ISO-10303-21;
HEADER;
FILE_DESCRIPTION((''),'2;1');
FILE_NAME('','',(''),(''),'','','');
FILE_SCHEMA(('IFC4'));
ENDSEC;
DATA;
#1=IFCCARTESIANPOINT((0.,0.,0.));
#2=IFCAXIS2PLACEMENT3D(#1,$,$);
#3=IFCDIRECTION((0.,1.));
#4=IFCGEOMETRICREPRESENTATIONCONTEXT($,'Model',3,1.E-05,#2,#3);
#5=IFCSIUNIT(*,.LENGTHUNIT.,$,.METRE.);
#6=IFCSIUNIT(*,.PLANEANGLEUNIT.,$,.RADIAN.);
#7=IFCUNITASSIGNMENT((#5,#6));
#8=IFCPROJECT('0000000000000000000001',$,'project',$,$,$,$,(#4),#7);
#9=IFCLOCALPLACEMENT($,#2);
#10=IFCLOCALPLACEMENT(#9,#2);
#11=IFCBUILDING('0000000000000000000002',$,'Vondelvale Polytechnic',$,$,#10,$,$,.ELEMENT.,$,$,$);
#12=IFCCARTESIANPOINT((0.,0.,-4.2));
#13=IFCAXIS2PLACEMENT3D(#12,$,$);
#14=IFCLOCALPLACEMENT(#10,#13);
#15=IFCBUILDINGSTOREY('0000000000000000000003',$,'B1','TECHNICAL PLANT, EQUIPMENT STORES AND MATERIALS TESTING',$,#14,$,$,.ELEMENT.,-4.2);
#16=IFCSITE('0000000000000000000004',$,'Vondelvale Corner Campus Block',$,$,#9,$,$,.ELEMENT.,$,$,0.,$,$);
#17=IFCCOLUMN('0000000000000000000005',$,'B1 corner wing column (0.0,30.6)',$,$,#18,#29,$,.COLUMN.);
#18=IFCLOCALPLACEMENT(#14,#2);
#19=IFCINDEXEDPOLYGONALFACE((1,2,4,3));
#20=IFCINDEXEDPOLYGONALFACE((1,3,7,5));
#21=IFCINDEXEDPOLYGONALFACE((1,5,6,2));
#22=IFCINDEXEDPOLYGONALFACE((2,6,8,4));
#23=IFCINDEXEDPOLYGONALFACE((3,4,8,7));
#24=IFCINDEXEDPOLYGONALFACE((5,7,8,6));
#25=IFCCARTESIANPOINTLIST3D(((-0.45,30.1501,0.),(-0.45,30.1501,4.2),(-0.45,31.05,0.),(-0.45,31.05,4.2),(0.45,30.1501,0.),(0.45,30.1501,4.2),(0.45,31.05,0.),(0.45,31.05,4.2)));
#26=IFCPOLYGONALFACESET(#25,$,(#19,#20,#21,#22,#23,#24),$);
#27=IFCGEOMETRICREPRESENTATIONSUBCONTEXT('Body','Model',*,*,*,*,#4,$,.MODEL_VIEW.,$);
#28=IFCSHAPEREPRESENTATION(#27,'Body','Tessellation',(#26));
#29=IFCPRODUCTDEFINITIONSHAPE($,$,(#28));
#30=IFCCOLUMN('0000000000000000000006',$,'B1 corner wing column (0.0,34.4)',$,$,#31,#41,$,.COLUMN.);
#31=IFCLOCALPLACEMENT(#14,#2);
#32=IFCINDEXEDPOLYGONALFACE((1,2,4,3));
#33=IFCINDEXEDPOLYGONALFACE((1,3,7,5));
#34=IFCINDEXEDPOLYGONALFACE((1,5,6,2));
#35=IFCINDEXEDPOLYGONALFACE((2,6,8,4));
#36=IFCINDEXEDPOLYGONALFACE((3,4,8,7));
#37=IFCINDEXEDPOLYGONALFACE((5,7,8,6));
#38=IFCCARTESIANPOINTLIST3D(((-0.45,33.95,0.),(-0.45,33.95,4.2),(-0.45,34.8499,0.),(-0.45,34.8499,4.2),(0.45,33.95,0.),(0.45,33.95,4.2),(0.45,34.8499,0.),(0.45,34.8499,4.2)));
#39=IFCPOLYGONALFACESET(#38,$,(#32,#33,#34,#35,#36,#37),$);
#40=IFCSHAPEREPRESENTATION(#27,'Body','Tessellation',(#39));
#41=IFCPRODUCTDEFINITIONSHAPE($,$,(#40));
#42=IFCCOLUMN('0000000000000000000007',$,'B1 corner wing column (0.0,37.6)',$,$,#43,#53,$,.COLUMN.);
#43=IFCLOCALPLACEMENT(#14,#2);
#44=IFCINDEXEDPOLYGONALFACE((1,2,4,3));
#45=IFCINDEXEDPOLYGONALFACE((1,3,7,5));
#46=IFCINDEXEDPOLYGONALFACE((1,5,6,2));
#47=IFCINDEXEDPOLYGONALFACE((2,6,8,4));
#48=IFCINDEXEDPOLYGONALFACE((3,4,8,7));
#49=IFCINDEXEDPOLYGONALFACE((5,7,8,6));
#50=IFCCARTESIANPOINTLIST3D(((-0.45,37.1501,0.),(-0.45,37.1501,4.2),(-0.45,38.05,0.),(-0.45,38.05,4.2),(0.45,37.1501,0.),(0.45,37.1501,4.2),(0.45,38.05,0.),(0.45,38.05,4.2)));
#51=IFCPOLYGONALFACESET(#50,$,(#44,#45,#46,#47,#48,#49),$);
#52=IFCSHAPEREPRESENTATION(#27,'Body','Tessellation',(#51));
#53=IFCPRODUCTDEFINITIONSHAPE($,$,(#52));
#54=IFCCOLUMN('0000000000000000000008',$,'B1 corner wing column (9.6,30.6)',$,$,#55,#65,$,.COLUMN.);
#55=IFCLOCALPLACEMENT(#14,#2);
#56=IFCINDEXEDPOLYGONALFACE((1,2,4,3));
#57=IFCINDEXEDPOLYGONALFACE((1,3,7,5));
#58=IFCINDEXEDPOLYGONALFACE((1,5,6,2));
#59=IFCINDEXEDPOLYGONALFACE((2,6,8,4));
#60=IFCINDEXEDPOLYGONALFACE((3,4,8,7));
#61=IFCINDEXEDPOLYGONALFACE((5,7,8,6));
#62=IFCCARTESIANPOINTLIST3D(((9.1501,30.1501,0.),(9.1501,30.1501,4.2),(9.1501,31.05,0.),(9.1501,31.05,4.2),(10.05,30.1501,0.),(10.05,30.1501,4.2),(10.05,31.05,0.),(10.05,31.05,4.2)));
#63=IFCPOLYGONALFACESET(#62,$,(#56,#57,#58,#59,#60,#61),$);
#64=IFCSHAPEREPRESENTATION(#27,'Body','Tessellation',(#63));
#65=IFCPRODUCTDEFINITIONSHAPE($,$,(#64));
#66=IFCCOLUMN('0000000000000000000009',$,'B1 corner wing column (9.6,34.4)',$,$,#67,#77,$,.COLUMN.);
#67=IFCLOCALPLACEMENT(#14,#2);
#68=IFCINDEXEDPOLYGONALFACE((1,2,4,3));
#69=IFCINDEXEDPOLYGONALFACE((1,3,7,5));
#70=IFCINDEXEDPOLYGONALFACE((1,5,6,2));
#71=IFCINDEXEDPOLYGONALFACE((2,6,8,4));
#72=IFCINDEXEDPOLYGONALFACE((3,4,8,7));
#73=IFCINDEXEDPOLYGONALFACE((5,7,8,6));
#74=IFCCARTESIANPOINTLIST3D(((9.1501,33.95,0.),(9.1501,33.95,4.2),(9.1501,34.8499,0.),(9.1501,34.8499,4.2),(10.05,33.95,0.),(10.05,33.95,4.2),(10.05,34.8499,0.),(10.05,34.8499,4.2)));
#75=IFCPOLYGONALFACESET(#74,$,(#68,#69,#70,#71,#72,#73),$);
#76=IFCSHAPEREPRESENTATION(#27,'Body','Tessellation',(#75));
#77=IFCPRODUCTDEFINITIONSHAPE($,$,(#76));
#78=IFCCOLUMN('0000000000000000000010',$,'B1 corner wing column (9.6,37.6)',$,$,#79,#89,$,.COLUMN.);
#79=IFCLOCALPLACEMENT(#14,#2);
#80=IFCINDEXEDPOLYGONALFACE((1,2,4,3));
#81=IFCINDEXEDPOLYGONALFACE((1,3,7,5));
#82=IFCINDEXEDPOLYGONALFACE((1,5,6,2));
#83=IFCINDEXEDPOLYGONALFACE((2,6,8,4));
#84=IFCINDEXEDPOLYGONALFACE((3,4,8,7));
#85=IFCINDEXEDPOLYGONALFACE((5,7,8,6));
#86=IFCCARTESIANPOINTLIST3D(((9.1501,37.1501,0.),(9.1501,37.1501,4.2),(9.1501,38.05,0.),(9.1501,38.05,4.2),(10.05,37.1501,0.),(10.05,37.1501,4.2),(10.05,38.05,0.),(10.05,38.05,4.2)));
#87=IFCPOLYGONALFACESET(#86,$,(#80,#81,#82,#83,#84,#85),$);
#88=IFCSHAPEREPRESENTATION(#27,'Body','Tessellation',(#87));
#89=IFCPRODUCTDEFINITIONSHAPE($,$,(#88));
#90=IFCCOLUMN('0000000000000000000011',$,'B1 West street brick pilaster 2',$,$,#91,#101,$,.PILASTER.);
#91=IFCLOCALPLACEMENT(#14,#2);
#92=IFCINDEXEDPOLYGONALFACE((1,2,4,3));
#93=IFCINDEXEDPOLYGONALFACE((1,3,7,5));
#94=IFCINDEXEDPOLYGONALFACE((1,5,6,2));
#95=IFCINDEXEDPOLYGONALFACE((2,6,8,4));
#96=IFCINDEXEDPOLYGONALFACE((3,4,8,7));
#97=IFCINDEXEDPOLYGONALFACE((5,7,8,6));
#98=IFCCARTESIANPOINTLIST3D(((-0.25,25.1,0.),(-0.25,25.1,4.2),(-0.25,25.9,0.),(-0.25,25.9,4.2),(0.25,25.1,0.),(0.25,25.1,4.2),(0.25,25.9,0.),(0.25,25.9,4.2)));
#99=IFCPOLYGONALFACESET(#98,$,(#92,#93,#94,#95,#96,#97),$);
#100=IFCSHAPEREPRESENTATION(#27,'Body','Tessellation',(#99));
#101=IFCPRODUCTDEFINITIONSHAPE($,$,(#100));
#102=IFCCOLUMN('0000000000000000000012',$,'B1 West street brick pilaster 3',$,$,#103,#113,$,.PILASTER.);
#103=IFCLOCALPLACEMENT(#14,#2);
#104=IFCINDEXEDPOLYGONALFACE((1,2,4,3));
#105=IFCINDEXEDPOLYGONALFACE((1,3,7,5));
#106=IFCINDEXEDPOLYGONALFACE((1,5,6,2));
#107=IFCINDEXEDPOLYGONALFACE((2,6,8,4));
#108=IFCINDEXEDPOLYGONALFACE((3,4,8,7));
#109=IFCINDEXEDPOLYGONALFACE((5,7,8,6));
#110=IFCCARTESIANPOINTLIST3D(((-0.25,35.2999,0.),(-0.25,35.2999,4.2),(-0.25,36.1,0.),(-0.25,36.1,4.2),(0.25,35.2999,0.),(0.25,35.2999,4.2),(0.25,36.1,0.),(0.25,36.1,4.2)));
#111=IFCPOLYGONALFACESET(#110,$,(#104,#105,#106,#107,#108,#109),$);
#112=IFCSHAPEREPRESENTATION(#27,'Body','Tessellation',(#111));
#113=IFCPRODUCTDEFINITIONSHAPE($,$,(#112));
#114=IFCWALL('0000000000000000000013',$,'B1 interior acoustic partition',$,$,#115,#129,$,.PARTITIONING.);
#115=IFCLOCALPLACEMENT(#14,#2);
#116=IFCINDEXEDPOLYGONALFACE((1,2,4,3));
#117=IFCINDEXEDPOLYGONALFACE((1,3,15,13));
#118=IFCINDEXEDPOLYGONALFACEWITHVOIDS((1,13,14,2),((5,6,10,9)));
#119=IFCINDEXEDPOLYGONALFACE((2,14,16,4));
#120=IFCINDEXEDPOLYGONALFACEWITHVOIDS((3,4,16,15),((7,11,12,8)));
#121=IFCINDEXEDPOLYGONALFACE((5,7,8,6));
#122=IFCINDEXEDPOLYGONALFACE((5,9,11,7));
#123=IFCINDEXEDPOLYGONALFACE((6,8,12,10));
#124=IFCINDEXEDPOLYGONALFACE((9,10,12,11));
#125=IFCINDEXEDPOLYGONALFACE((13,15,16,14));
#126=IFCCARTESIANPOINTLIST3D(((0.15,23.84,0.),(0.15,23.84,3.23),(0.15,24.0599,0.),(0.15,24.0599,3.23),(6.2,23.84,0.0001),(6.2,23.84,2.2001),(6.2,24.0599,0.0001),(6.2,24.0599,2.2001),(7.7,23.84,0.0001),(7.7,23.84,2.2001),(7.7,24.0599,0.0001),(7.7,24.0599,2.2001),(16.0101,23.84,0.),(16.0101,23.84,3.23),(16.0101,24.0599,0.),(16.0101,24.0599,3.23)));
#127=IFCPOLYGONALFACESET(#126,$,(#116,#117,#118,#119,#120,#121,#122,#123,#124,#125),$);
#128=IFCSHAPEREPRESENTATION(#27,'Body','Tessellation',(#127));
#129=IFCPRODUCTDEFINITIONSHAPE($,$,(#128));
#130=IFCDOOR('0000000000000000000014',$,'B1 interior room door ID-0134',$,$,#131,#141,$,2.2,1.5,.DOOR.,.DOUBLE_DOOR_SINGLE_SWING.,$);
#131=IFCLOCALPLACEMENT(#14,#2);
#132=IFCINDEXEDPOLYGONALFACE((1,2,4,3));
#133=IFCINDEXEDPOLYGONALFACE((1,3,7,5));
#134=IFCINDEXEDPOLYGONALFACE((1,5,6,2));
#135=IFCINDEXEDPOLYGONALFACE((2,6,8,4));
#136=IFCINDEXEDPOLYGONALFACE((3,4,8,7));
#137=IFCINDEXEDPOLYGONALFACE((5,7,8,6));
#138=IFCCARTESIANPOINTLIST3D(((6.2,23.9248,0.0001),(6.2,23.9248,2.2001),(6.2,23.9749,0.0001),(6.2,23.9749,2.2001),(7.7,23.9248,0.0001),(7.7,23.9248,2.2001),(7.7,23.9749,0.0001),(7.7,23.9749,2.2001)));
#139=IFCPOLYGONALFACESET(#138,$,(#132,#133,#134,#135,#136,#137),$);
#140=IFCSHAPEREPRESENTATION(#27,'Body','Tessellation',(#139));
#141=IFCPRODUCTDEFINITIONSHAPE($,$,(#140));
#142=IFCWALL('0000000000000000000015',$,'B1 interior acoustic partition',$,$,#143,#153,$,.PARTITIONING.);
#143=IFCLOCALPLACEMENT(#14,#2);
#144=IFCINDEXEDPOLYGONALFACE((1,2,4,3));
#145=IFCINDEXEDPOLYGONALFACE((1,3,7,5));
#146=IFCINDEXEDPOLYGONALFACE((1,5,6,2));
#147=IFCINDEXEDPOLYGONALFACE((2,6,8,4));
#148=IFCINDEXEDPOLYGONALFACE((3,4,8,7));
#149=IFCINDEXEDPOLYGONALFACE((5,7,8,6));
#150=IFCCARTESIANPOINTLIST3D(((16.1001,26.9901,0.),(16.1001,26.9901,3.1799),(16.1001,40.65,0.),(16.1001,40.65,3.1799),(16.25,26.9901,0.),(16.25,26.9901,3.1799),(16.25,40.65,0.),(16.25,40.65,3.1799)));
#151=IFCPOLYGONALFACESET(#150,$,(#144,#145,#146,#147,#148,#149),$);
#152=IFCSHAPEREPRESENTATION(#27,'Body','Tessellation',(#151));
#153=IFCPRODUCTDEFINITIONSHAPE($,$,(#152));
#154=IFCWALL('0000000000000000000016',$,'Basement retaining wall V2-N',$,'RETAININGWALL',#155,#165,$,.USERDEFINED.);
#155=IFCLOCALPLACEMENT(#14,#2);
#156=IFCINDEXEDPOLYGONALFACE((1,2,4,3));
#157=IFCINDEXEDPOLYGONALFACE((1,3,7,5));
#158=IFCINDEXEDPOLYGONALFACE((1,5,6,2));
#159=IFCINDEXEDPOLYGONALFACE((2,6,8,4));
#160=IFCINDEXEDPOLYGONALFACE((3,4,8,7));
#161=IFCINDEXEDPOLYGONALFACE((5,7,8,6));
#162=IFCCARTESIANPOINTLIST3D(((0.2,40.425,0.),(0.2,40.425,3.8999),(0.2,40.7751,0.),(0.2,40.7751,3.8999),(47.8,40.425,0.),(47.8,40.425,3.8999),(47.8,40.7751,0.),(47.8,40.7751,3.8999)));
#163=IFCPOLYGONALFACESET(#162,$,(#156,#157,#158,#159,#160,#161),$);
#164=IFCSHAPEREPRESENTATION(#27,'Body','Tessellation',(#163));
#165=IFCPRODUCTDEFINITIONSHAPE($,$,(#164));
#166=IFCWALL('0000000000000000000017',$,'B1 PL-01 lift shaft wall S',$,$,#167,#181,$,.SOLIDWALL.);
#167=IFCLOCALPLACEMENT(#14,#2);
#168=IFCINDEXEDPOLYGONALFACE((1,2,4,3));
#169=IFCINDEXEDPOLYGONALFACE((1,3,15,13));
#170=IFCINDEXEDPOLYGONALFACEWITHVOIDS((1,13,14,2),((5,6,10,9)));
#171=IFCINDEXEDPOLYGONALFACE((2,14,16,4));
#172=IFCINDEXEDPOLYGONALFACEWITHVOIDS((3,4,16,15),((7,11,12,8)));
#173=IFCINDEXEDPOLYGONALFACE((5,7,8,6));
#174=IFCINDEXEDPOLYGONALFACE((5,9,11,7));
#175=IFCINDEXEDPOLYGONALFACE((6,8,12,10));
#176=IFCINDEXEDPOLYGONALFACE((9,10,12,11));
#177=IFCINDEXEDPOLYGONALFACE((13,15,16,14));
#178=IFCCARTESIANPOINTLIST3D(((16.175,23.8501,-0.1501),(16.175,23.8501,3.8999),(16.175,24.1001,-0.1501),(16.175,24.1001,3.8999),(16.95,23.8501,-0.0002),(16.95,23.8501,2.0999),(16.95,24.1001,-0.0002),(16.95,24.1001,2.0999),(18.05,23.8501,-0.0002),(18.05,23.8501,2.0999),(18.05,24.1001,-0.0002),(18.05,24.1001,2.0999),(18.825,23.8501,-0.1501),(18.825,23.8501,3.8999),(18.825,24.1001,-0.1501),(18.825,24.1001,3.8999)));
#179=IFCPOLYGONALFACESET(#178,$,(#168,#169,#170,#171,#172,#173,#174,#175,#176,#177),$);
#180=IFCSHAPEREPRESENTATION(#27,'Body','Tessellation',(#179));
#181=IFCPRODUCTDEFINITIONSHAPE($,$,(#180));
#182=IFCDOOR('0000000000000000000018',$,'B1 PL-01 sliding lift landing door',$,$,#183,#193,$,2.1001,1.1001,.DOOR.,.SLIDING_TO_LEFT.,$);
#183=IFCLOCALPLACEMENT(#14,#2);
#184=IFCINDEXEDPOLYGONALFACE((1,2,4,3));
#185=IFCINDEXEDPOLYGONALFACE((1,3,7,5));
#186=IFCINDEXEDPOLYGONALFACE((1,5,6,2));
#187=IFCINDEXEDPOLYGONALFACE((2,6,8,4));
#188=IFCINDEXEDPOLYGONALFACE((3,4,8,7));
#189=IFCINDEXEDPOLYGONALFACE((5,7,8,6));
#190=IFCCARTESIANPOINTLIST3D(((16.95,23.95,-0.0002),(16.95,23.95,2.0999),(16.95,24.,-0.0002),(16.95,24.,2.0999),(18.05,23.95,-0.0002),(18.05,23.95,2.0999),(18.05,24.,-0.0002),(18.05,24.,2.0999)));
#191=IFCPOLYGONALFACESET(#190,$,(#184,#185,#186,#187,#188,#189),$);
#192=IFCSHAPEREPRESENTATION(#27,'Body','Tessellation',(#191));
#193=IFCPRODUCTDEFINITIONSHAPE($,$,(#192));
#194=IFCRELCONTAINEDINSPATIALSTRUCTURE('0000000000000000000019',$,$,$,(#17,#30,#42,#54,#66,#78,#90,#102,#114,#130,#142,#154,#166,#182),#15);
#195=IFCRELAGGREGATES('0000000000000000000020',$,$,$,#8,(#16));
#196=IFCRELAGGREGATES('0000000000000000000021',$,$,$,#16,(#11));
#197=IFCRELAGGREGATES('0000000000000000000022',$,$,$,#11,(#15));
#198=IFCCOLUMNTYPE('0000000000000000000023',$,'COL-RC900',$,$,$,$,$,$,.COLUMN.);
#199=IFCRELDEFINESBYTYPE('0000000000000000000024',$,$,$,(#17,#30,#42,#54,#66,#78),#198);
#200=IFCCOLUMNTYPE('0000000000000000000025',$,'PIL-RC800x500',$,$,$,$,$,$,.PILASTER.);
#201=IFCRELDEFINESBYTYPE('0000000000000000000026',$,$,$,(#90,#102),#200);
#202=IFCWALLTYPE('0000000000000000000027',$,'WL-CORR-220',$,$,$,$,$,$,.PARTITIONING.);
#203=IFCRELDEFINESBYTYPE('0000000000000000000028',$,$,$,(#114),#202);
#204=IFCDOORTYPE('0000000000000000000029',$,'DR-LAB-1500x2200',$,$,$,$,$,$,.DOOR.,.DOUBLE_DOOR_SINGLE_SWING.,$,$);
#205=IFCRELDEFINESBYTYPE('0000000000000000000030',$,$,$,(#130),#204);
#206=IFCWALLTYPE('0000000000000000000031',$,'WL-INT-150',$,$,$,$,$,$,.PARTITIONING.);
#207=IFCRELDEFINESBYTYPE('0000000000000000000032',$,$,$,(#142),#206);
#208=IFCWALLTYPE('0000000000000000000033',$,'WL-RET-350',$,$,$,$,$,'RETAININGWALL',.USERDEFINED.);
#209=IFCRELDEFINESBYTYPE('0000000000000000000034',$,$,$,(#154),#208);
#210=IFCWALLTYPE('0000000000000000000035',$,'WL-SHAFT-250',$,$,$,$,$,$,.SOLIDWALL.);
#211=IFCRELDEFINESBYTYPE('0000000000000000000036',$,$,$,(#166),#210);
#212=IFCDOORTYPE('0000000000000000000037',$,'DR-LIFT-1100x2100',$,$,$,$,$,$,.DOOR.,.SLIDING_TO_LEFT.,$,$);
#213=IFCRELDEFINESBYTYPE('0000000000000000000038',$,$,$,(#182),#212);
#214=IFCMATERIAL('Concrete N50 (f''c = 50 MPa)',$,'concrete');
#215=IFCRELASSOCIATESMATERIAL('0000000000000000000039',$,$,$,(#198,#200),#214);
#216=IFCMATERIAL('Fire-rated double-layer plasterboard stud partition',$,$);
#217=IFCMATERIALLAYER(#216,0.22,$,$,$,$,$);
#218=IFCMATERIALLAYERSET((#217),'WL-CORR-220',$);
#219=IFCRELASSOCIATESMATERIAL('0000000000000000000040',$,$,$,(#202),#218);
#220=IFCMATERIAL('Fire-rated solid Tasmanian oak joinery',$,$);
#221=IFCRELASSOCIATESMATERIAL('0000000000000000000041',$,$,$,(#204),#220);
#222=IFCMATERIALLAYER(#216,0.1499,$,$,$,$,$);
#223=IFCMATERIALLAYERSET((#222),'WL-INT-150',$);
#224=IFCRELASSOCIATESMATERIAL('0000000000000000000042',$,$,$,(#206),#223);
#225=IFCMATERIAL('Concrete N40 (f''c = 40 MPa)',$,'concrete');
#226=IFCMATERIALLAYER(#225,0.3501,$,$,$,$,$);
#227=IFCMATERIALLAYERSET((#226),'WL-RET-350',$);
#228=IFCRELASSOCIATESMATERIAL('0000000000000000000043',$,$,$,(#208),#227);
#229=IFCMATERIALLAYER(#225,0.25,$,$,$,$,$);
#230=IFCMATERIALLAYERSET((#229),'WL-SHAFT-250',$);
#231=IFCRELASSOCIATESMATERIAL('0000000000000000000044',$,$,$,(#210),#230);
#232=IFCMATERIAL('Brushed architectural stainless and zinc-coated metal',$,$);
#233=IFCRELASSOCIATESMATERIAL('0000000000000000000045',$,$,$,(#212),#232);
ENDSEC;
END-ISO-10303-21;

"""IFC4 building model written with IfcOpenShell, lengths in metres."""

from ifc_helpers import new_model, si_unit, direction, frame, frame_2d, origin, origin_2d, place, context, subcontext, project, spatial, rectangle, extrude, material, layer, layer_set, material_profile, profile_set, type_object, element, fill, save


model = new_model("IFC4")

# Units and contexts
model_context = context("Model", 3, precision=1e-05, world=origin(), true_north=direction((0.0, 1.0)))
body_context = subcontext(model_context, "Body", "Model", "MODEL_VIEW")
ifc_project = project(units=[si_unit("LENGTHUNIT", "METRE"), si_unit("PLANEANGLEUNIT", "RADIAN")], contexts=[model_context])

# Site, building, storey
site_placement = place(None, origin())
site = spatial("IfcSite", under=ifc_project, at=site_placement, Name="Vondelvale Corner Campus Block", CompositionType="ELEMENT", RefElevation=0.0)
building_placement = place(site_placement, origin())
building = spatial("IfcBuilding", under=site, at=building_placement, Name="Vondelvale Polytechnic", CompositionType="ELEMENT")
storey_placement = place(building_placement, frame((0.0, 0.0, -4.2)))
storey = spatial("IfcBuildingStorey", under=building, at=storey_placement, Name="B1", Description="TECHNICAL PLANT, EQUIPMENT STORES AND MATERIALS TESTING", CompositionType="ELEMENT", Elevation=-4.2)

# Shared definitions
ifc_material_1 = material(Name="Concrete N40 (f'c = 40 MPa)", Category="concrete")

# Columns
ifc_material_2 = material(Name="Concrete N50 (f'c = 50 MPa)", Category="concrete")
ifc_material_profile_1 = material_profile(ifc_material_2, rectangle(XDim=0.8999, YDim=0.8999, at=origin_2d()), Name="RC-COL-900x900")
ifc_profile_set_1 = profile_set([ifc_material_profile_1], Name="Concrete N50 (f'c = 50 MPa)")
column_type_1 = type_object("IfcColumnType", Name="COL-RC900", PredefinedType="COLUMN", material=ifc_profile_set_1)
for number, where, z_axis, x_axis, name in (
    (1, (0.0, 30.6001, 0.0), (0.0, 0.0, 1.0), (1.0, 0.0, 0.0), "B1 corner wing column (0.0,30.6)"),
    (2, (0.0, 34.3999, 0.0), (0.0, 0.0, 1.0), (1.0, 0.0, 0.0), "B1 corner wing column (0.0,34.4)"),
    (3, (0.0, 37.6001, 0.0), (0.0, 0.0, 1.0), (1.0, 0.0, 0.0), "B1 corner wing column (0.0,37.6)"),
    (4, (9.6001, 30.6001, 0.0), (0.0, 0.0, 1.0), (1.0, 0.0, 0.0), "B1 corner wing column (9.6,30.6)"),
    (5, (9.6001, 34.3999, 0.0), (0.0, 0.0, 1.0), (1.0, 0.0, 0.0), "B1 corner wing column (9.6,34.4)"),
    (6, (9.6001, 37.6001, 0.0), (0.0, 0.0, 1.0), (1.0, 0.0, 0.0), "B1 corner wing column (9.6,37.6)"),
):
    element("IfcColumn", number, at=place(storey_placement, frame(where, z_axis=z_axis, x_axis=x_axis)), inside=storey, type_object=column_type_1, Name=name, PredefinedType="COLUMN", context=body_context, shape_type="SweptSolid", body=[
        extrude(rectangle(XDim=0.8999, YDim=0.8999, at=origin_2d()), origin(), (0.0, 0.0, 1.0), 4.2),
    ])
ifc_material_profile_2 = material_profile(ifc_material_2, rectangle(XDim=0.5, YDim=0.8, at=origin_2d()), Name="RC-PIL-800x500")
ifc_profile_set_2 = profile_set([ifc_material_profile_2], Name="Concrete N50 (f'c = 50 MPa)")
column_type_2 = type_object("IfcColumnType", Name="PIL-RC800x500", PredefinedType="PILASTER", material=ifc_profile_set_2)
for number, where, z_axis, x_axis, name in (
    (7, (0.0, 25.5, 0.0), (0.0, 0.0, 1.0), (1.0, 0.0, 0.0), "B1 West street brick pilaster 2"),
    (8, (0.0, 35.7, 0.0), (0.0, 0.0, 1.0), (1.0, 0.0, 0.0), "B1 West street brick pilaster 3"),
):
    element("IfcColumn", number, at=place(storey_placement, frame(where, z_axis=z_axis, x_axis=x_axis)), inside=storey, type_object=column_type_2, Name=name, PredefinedType="PILASTER", context=body_context, shape_type="SweptSolid", body=[
        extrude(rectangle(XDim=0.5, YDim=0.8, at=origin_2d()), origin(), (0.0, 0.0, 1.0), 4.2),
    ])

# Wall, opening, door
ifc_material_3 = material(Name="Fire-rated double-layer plasterboard stud partition")
ifc_layer_1 = layer(ifc_material_3, 0.22)
ifc_layer_set_1 = layer_set([ifc_layer_1], Name="WL-CORR-220")
wall_type_1 = type_object("IfcWallType", Name="WL-CORR-220", PredefinedType="PARTITIONING", material=ifc_layer_set_1)
wall_1_placement = place(storey_placement, frame((0.1499, 23.95, 0.0), z_axis=(0.0, 0.0, 1.0), x_axis=(1.0, 0.0, 0.0)))
wall_1 = element("IfcWall", 9, at=wall_1_placement, inside=storey, type_object=wall_type_1, Name="B1 interior acoustic partition", PredefinedType="PARTITIONING", context=body_context, shape_type="SweptSolid", body=[
    extrude(rectangle(XDim=15.8601, YDim=0.22, at=frame_2d((7.9302, 0.0))), origin(), (0.0, 0.0, 1.0), 3.23),
])
opening_1_placement = place(wall_1_placement, frame((6.05, 0.0, 0.0)))
opening_1 = element("IfcOpeningElement", 10, at=opening_1_placement, cuts=wall_1, PredefinedType="OPENING", context=body_context, shape_type="SweptSolid", body=[
    extrude(rectangle(XDim=1.5, YDim=2.2, at=frame_2d((0.75, 1.1001))), frame((0.0, 0.1199, 0.0), z_axis=(0.0, -1.0, 0.0), x_axis=(1.0, 0.0, 0.0)), (0.0, 0.0, 1.0), 0.24),
])
ifc_material_4 = material(Name="Fire-rated solid Tasmanian oak joinery")
door_type_1 = type_object("IfcDoorType", Name="DR-LAB-1500x2200", OperationType="DOUBLE_DOOR_SINGLE_SWING", PredefinedType="DOOR", material=ifc_material_4)
door_1_placement = place(opening_1_placement, origin())
door_1 = element("IfcDoor", 11, at=door_1_placement, inside=storey, type_object=door_type_1, Name="B1 interior room door ID-0134", OperationType="DOUBLE_DOOR_SINGLE_SWING", OverallHeight=2.2, OverallWidth=1.5, PredefinedType="DOOR", context=body_context, shape_type="SweptSolid", body=[
    extrude(rectangle(XDim=1.5, YDim=2.2, at=frame_2d((0.75, 1.1001))), frame((0.0, 0.0249, 0.0), z_axis=(0.0, -1.0, 0.0), x_axis=(1.0, 0.0, 0.0)), (0.0, 0.0, 1.0), 0.05),
])
fill(opening_1, door_1)

# Walls
ifc_layer_2 = layer(ifc_material_3, 0.1499)
ifc_layer_set_2 = layer_set([ifc_layer_2], Name="WL-INT-150")
wall_type_2 = type_object("IfcWallType", Name="WL-INT-150", PredefinedType="PARTITIONING", material=ifc_layer_set_2)
wall_2_placement = place(storey_placement, frame((16.175, 26.99, 0.0), z_axis=(0.0, 0.0, 1.0), x_axis=(0.0, 1.0, 0.0)))
element("IfcWall", 12, at=wall_2_placement, inside=storey, type_object=wall_type_2, Name="B1 interior acoustic partition", PredefinedType="PARTITIONING", context=body_context, shape_type="SweptSolid", body=[
    extrude(rectangle(XDim=13.6599, YDim=0.1499, at=frame_2d((6.8301, 0.0))), origin(), (0.0, 0.0, 1.0), 3.1799),
])
ifc_layer_3 = layer(ifc_material_1, 0.3501)
ifc_layer_set_3 = layer_set([ifc_layer_3], Name="WL-RET-350")
wall_type_3 = type_object("IfcWallType", Name="WL-RET-350", ElementType="RETAININGWALL", PredefinedType="USERDEFINED", material=ifc_layer_set_3)
wall_3_placement = place(storey_placement, frame((0.2, 40.6001, 0.0), z_axis=(0.0, 0.0, 1.0), x_axis=(1.0, 0.0, 0.0)))
element("IfcWall", 13, at=wall_3_placement, inside=storey, type_object=wall_type_3, Name="Basement retaining wall V2-N", ObjectType="RETAININGWALL", PredefinedType="USERDEFINED", context=body_context, shape_type="SweptSolid", body=[
    extrude(rectangle(XDim=47.6001, YDim=0.3501, at=frame_2d((23.8, 0.0))), origin(), (0.0, 0.0, 1.0), 3.8999),
])

# Wall, opening, door
ifc_layer_4 = layer(ifc_material_1, 0.25)
ifc_layer_set_4 = layer_set([ifc_layer_4], Name="WL-SHAFT-250")
wall_type_4 = type_object("IfcWallType", Name="WL-SHAFT-250", PredefinedType="SOLIDWALL", material=ifc_layer_set_4)
wall_4_placement = place(storey_placement, frame((16.175, 23.9751, -0.1501), z_axis=(0.0, 0.0, 1.0), x_axis=(1.0, 0.0, 0.0)))
wall_4 = element("IfcWall", 14, at=wall_4_placement, inside=storey, type_object=wall_type_4, Name="B1 PL-01 lift shaft wall S", PredefinedType="SOLIDWALL", context=body_context, shape_type="SweptSolid", body=[
    extrude(rectangle(XDim=2.6499, YDim=0.25, at=frame_2d((1.325, 0.0))), origin(), (0.0, 0.0, 1.0), 4.05),
])
opening_2_placement = place(wall_4_placement, frame((0.7749, 0.0, 0.1499)))
opening_2 = element("IfcOpeningElement", 15, at=opening_2_placement, cuts=wall_4, PredefinedType="OPENING", context=body_context, shape_type="SweptSolid", body=[
    extrude(rectangle(XDim=1.1001, YDim=2.1001, at=frame_2d((0.55, 1.05))), frame((0.0, 0.135, 0.0), z_axis=(0.0, -1.0, 0.0), x_axis=(1.0, 0.0, 0.0)), (0.0, 0.0, 1.0), 0.27),
])
ifc_material_5 = material(Name="Brushed architectural stainless and zinc-coated metal")
door_type_2 = type_object("IfcDoorType", Name="DR-LIFT-1100x2100", OperationType="SLIDING_TO_LEFT", PredefinedType="DOOR", material=ifc_material_5)
door_2_placement = place(opening_2_placement, origin())
door_2 = element("IfcDoor", 16, at=door_2_placement, inside=storey, type_object=door_type_2, Name="B1 PL-01 sliding lift landing door", OperationType="SLIDING_TO_LEFT", OverallHeight=2.1001, OverallWidth=1.1001, PredefinedType="DOOR", context=body_context, shape_type="SweptSolid", body=[
    extrude(rectangle(XDim=1.1001, YDim=2.1001, at=frame_2d((0.55, 1.05))), frame((0.0, 0.0249, 0.0), z_axis=(0.0, -1.0, 0.0), x_axis=(1.0, 0.0, 0.0)), (0.0, 0.0, 1.0), 0.05),
])
fill(opening_2, door_2)

save(model, "model.ifc")
